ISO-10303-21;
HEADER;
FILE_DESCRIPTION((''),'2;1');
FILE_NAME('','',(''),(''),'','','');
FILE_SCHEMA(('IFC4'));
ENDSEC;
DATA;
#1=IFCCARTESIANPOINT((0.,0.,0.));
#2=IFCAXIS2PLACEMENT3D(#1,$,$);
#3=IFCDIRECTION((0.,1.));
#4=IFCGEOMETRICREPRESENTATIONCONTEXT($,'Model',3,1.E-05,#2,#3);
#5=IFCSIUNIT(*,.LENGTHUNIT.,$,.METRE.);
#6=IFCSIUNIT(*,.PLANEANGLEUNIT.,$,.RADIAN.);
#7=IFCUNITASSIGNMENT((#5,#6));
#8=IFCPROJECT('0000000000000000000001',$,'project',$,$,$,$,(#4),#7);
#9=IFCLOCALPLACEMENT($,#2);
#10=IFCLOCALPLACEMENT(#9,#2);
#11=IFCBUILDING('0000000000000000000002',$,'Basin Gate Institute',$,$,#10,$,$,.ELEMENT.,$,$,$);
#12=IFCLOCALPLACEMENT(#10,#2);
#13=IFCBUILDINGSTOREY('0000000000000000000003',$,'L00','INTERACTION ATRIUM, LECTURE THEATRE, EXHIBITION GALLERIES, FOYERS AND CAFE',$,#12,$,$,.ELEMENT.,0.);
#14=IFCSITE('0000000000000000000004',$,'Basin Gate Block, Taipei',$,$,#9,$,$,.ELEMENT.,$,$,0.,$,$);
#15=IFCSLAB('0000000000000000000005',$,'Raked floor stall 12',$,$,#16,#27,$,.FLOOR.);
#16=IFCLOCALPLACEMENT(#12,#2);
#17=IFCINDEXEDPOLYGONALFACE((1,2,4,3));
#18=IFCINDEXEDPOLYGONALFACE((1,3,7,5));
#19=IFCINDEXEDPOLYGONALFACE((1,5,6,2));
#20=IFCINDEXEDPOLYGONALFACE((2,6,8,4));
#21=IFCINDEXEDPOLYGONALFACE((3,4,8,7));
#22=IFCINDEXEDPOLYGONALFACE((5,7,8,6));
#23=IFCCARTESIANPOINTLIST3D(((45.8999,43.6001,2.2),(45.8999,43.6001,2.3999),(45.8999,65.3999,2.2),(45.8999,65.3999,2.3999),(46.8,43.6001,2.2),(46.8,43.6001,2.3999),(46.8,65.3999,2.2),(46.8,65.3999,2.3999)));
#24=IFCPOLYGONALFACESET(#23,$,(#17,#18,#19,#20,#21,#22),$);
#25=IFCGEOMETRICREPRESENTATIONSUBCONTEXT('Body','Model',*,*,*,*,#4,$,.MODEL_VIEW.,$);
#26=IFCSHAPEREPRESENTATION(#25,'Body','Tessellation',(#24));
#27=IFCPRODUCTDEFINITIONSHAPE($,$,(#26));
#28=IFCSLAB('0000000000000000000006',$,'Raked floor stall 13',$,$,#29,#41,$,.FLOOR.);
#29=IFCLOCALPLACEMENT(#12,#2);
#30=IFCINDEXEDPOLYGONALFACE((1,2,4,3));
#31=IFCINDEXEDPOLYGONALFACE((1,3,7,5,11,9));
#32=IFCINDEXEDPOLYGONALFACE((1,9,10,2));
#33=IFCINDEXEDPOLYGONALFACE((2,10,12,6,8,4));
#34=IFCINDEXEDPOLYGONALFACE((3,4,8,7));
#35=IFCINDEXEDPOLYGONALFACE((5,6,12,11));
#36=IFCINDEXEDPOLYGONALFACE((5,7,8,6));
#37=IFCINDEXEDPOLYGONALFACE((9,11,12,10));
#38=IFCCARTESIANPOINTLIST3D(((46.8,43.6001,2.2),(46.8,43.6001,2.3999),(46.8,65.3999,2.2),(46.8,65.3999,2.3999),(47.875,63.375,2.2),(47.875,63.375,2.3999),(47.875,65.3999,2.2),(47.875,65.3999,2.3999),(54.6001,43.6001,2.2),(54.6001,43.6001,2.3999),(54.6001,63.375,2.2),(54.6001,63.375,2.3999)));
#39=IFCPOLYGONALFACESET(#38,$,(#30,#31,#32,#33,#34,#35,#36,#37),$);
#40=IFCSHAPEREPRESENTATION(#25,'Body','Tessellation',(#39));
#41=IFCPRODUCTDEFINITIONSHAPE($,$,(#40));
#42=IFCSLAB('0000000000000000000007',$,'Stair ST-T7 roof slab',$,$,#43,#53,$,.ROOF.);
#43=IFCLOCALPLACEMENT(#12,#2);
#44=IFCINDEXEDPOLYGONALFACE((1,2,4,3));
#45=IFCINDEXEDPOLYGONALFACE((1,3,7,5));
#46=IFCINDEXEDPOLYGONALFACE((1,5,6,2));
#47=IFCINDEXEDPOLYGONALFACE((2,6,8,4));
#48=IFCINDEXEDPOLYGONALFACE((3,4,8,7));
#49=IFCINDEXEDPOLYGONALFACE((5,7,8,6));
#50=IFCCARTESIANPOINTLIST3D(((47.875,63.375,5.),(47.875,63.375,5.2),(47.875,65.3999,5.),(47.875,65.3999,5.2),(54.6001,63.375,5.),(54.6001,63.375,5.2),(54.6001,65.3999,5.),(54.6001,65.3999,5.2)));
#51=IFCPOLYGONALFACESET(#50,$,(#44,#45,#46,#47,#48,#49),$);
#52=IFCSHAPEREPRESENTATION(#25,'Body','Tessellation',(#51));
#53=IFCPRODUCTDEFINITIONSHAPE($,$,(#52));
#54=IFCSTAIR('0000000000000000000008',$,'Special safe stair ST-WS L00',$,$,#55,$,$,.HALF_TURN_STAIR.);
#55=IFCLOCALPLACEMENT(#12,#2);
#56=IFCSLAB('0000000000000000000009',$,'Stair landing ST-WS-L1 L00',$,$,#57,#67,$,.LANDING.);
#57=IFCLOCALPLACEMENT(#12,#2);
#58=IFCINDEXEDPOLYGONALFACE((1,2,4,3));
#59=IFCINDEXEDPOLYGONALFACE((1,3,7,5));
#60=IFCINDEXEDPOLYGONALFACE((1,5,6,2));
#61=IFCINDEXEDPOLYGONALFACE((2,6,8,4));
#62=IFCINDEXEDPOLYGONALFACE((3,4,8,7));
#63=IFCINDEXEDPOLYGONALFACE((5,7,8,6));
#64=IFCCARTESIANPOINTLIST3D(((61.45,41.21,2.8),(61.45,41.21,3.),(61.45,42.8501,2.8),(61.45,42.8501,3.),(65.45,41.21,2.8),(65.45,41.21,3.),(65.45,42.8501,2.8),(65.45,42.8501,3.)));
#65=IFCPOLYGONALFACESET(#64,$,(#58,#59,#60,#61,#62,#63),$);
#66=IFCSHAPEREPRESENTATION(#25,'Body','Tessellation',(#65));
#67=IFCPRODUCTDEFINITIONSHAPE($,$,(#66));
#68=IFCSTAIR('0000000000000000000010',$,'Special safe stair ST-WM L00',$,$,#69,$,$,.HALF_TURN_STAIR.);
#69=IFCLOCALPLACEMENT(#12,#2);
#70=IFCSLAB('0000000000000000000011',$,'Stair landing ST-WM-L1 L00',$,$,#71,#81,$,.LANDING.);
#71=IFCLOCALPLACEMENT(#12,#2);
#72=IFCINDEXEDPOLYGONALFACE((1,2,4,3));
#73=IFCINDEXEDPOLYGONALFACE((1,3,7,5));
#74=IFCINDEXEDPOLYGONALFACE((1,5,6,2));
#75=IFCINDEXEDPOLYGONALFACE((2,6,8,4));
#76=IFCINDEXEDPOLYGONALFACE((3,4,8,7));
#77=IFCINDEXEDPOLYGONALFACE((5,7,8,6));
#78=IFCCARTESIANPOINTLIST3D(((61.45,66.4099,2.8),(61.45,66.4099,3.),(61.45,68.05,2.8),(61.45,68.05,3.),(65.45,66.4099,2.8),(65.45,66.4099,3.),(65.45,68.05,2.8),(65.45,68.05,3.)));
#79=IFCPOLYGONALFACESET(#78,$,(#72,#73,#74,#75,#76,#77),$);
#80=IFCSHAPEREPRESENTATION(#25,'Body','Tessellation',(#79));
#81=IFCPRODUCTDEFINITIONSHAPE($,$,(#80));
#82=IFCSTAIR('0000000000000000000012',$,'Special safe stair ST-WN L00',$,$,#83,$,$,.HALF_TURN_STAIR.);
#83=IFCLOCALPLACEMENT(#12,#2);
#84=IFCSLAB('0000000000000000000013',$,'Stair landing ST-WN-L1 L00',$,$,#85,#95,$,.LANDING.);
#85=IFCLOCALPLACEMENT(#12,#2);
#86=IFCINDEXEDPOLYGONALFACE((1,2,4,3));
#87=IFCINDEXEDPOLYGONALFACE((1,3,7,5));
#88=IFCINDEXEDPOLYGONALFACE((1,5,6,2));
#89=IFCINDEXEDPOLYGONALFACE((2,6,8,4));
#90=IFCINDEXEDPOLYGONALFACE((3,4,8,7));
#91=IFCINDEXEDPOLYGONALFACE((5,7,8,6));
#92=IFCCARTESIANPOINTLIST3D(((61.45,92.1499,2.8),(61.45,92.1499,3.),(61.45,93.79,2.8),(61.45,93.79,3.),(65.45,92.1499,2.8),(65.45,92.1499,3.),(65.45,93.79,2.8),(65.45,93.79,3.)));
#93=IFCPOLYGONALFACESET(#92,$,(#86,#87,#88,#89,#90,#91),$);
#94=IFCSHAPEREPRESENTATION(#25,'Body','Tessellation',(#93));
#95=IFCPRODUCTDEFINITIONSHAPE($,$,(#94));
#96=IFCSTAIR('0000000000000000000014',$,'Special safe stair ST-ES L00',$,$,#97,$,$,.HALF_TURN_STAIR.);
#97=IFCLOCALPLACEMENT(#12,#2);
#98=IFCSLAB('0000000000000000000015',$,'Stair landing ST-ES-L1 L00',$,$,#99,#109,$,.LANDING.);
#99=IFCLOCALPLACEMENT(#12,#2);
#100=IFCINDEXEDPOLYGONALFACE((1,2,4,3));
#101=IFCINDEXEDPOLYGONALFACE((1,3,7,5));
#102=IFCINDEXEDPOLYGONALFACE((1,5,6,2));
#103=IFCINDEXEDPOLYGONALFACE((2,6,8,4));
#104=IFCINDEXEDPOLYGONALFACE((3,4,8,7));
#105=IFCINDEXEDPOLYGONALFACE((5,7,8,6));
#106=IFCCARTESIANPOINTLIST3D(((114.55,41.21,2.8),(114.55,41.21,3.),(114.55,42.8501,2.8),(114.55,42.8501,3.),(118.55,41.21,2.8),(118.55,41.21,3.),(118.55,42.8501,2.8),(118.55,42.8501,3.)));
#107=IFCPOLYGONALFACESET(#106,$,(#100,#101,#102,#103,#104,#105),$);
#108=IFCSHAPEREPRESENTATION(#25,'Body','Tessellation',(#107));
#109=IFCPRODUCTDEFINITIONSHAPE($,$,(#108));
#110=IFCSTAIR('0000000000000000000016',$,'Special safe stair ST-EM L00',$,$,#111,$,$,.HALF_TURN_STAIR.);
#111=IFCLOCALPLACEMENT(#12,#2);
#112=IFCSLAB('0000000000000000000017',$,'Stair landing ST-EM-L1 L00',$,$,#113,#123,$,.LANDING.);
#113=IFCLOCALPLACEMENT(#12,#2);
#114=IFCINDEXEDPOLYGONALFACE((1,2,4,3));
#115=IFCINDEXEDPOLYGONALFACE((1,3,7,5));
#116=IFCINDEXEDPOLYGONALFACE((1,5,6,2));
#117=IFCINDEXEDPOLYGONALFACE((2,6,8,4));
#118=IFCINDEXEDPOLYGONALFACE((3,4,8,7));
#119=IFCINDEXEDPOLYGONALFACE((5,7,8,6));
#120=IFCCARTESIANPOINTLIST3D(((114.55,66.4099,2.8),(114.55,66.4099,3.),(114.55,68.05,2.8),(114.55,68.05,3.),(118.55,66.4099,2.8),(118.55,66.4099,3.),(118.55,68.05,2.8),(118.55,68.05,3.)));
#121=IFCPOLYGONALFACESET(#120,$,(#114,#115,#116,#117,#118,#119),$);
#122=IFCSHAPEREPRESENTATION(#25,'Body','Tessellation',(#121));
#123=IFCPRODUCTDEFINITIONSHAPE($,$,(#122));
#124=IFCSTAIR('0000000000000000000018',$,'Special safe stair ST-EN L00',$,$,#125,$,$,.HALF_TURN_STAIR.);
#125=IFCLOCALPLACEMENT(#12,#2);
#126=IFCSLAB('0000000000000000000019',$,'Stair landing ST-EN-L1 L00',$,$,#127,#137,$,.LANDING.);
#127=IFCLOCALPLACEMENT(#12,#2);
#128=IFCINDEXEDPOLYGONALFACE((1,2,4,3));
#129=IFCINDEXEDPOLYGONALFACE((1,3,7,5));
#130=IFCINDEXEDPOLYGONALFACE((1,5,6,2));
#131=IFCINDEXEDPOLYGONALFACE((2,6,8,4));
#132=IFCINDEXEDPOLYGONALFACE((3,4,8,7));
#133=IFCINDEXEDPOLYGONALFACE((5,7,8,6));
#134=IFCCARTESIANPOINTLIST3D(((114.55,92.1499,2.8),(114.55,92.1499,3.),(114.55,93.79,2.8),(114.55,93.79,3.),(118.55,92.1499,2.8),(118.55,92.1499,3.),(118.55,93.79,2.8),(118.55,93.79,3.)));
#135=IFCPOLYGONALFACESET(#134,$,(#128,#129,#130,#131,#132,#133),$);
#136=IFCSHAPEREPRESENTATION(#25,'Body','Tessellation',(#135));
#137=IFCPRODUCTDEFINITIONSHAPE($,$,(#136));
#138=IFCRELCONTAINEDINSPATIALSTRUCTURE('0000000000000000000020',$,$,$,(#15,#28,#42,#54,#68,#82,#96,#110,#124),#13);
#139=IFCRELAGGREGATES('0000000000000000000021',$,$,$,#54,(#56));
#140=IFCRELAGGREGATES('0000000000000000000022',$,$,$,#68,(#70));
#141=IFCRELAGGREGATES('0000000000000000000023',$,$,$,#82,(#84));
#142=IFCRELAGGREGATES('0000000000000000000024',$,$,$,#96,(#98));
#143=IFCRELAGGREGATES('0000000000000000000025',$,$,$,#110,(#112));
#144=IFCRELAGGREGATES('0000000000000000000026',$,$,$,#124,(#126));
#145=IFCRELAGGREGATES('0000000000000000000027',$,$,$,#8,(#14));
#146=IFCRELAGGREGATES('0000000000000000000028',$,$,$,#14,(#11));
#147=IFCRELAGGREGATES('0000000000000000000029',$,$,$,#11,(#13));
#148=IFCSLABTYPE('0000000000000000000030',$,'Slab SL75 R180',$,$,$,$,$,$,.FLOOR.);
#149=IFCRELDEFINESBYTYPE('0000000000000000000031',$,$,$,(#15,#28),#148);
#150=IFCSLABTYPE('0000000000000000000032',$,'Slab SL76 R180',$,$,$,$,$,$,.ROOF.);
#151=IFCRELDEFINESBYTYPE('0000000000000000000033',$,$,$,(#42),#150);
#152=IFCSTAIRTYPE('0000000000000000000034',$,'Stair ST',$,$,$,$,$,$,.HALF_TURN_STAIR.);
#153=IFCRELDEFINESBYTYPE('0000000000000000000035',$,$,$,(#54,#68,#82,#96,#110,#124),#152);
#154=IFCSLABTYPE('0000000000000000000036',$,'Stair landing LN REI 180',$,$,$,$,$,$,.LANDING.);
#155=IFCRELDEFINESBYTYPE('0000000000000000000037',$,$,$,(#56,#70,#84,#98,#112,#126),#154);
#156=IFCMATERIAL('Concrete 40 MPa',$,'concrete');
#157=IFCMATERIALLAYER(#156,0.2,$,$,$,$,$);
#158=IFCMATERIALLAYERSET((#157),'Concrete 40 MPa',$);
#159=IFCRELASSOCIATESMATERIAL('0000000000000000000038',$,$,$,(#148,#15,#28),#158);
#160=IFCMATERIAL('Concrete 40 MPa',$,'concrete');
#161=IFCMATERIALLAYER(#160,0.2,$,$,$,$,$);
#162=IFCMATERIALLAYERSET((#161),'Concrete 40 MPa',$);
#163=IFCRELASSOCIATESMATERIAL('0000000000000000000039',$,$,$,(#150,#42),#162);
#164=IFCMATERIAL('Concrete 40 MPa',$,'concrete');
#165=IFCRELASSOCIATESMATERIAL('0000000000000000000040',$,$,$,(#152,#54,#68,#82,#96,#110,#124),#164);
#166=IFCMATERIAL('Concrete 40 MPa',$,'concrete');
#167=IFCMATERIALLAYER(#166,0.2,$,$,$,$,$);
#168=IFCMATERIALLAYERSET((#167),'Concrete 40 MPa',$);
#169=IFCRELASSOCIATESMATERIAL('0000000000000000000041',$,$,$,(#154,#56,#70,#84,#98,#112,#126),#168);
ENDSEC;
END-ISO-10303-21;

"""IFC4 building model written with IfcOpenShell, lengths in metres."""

from ifc_helpers import new_model, si_unit, direction, frame, origin, place, context, subcontext, project, spatial, polyline, outline, extrude, material, layer, layer_set, type_object, element, aggregate, save


model = new_model("IFC4")

# Units and contexts
model_context = context("Model", 3, precision=1e-05, world=origin(), true_north=direction((0.0, 1.0)))
body_context = subcontext(model_context, "Body", "Model", "MODEL_VIEW")
ifc_project = project(units=[si_unit("LENGTHUNIT", "METRE"), si_unit("PLANEANGLEUNIT", "RADIAN")], contexts=[model_context])

# Site, building, storey
site_placement = place(None, origin())
site = spatial("IfcSite", under=ifc_project, at=site_placement, Name="Basin Gate Block, Taipei", CompositionType="ELEMENT", RefElevation=0.0)
building_placement = place(site_placement, origin())
building = spatial("IfcBuilding", under=site, at=building_placement, Name="Basin Gate Institute", CompositionType="ELEMENT")
storey_placement = place(building_placement, origin())
storey = spatial("IfcBuildingStorey", under=building, at=storey_placement, Name="L00", Description="INTERACTION ATRIUM, LECTURE THEATRE, EXHIBITION GALLERIES, FOYERS AND CAFE", CompositionType="ELEMENT", Elevation=0.0)

# Slabs
ifc_material_1 = material(Name="Concrete 40 MPa", Category="concrete")
ifc_layer_1 = layer(ifc_material_1, 0.2)
ifc_layer_set_1 = layer_set([ifc_layer_1], Name="Concrete 40 MPa")
slab_type_1 = type_object("IfcSlabType", Name="Slab SL75 R180", PredefinedType="FLOOR", material=ifc_layer_set_1)
slab_1_placement = place(storey_placement, frame((0.0, 0.0, 2.2)))
element("IfcSlab", 1, at=slab_1_placement, inside=storey, type_object=slab_type_1, material=ifc_layer_set_1, Name="Raked floor stall 12", PredefinedType="FLOOR", context=body_context, shape_type="SweptSolid", body=[
    extrude(outline(polyline([(45.8999, 43.6001), (46.8, 43.6001), (46.8, 65.3999), (45.8999, 65.3999), (45.8999, 43.6001)])), origin(), (0.0, 0.0, 1.0), 0.2),
])
slab_2_placement = place(storey_placement, frame((0.0, 0.0, 2.2)))
element("IfcSlab", 2, at=slab_2_placement, inside=storey, type_object=slab_type_1, material=ifc_layer_set_1, Name="Raked floor stall 13", PredefinedType="FLOOR", context=body_context, shape_type="SweptSolid", body=[
    extrude(outline(polyline([(46.8, 43.6001), (54.6001, 43.6001), (54.6001, 63.375), (47.875, 63.375), (47.875, 65.3999), (46.8, 65.3999), (46.8, 43.6001)])), origin(), (0.0, 0.0, 1.0), 0.2),
])
ifc_material_2 = material(Name="Concrete 40 MPa", Category="concrete")
ifc_layer_2 = layer(ifc_material_2, 0.2)
ifc_layer_set_2 = layer_set([ifc_layer_2], Name="Concrete 40 MPa")
slab_type_2 = type_object("IfcSlabType", Name="Slab SL76 R180", PredefinedType="ROOF", material=ifc_layer_set_2)
slab_3_placement = place(storey_placement, frame((0.0, 0.0, 5.0)))
element("IfcSlab", 3, at=slab_3_placement, inside=storey, type_object=slab_type_2, material=ifc_layer_set_2, Name="Stair ST-T7 roof slab", PredefinedType="ROOF", context=body_context, shape_type="SweptSolid", body=[
    extrude(outline(polyline([(47.875, 63.375), (54.6001, 63.375), (54.6001, 65.3999), (47.875, 65.3999), (47.875, 63.375)])), origin(), (0.0, 0.0, 1.0), 0.2),
])

# Stairs, slabs
ifc_material_3 = material(Name="Concrete 40 MPa", Category="concrete")
stair_type_1 = type_object("IfcStairType", Name="Stair ST", PredefinedType="HALF_TURN_STAIR", material=ifc_material_3)
stair_1_placement = place(storey_placement, origin())
stair_1 = element("IfcStair", 4, at=stair_1_placement, inside=storey, type_object=stair_type_1, material=ifc_material_3, Name="Special safe stair ST-WS L00", PredefinedType="HALF_TURN_STAIR")
ifc_material_4 = material(Name="Concrete 40 MPa", Category="concrete")
ifc_layer_3 = layer(ifc_material_4, 0.2)
ifc_layer_set_3 = layer_set([ifc_layer_3], Name="Concrete 40 MPa")
slab_type_3 = type_object("IfcSlabType", Name="Stair landing LN REI 180", PredefinedType="LANDING", material=ifc_layer_set_3)
slab_4_placement = place(storey_placement, frame((0.0, 0.0, 2.8)))
slab_4 = element("IfcSlab", 5, at=slab_4_placement, type_object=slab_type_3, material=ifc_layer_set_3, Name="Stair landing ST-WS-L1 L00", PredefinedType="LANDING", context=body_context, shape_type="SweptSolid", body=[
    extrude(outline(polyline([(61.45, 41.21), (65.45, 41.21), (65.45, 42.8501), (61.45, 42.8501), (61.45, 41.21)])), origin(), (0.0, 0.0, 1.0), 0.2),
])
aggregate(stair_1, [slab_4])
stair_2_placement = place(storey_placement, origin())
stair_2 = element("IfcStair", 6, at=stair_2_placement, inside=storey, type_object=stair_type_1, material=ifc_material_3, Name="Special safe stair ST-WM L00", PredefinedType="HALF_TURN_STAIR")
slab_5_placement = place(storey_placement, frame((0.0, 0.0, 2.8)))
slab_5 = element("IfcSlab", 7, at=slab_5_placement, type_object=slab_type_3, material=ifc_layer_set_3, Name="Stair landing ST-WM-L1 L00", PredefinedType="LANDING", context=body_context, shape_type="SweptSolid", body=[
    extrude(outline(polyline([(61.45, 66.4099), (65.45, 66.4099), (65.45, 68.05), (61.45, 68.05), (61.45, 66.4099)])), origin(), (0.0, 0.0, 1.0), 0.2),
])
aggregate(stair_2, [slab_5])
stair_3_placement = place(storey_placement, origin())
stair_3 = element("IfcStair", 8, at=stair_3_placement, inside=storey, type_object=stair_type_1, material=ifc_material_3, Name="Special safe stair ST-WN L00", PredefinedType="HALF_TURN_STAIR")
slab_6_placement = place(storey_placement, frame((0.0, 0.0, 2.8)))
slab_6 = element("IfcSlab", 9, at=slab_6_placement, type_object=slab_type_3, material=ifc_layer_set_3, Name="Stair landing ST-WN-L1 L00", PredefinedType="LANDING", context=body_context, shape_type="SweptSolid", body=[
    extrude(outline(polyline([(61.45, 92.1499), (65.45, 92.1499), (65.45, 93.79), (61.45, 93.79), (61.45, 92.1499)])), origin(), (0.0, 0.0, 1.0), 0.2),
])
aggregate(stair_3, [slab_6])
stair_4_placement = place(storey_placement, origin())
stair_4 = element("IfcStair", 10, at=stair_4_placement, inside=storey, type_object=stair_type_1, material=ifc_material_3, Name="Special safe stair ST-ES L00", PredefinedType="HALF_TURN_STAIR")
slab_7_placement = place(storey_placement, frame((0.0, 0.0, 2.8)))
slab_7 = element("IfcSlab", 11, at=slab_7_placement, type_object=slab_type_3, material=ifc_layer_set_3, Name="Stair landing ST-ES-L1 L00", PredefinedType="LANDING", context=body_context, shape_type="SweptSolid", body=[
    extrude(outline(polyline([(118.55, 42.8501), (114.55, 42.8501), (114.55, 41.21), (118.55, 41.21), (118.55, 42.8501)])), origin(), (0.0, 0.0, 1.0), 0.2),
])
aggregate(stair_4, [slab_7])
stair_5_placement = place(storey_placement, origin())
stair_5 = element("IfcStair", 12, at=stair_5_placement, inside=storey, type_object=stair_type_1, material=ifc_material_3, Name="Special safe stair ST-EM L00", PredefinedType="HALF_TURN_STAIR")
slab_8_placement = place(storey_placement, frame((0.0, 0.0, 2.8)))
slab_8 = element("IfcSlab", 13, at=slab_8_placement, type_object=slab_type_3, material=ifc_layer_set_3, Name="Stair landing ST-EM-L1 L00", PredefinedType="LANDING", context=body_context, shape_type="SweptSolid", body=[
    extrude(outline(polyline([(118.55, 68.05), (114.55, 68.05), (114.55, 66.4099), (118.55, 66.4099), (118.55, 68.05)])), origin(), (0.0, 0.0, 1.0), 0.2),
])
aggregate(stair_5, [slab_8])
stair_6_placement = place(storey_placement, origin())
stair_6 = element("IfcStair", 14, at=stair_6_placement, inside=storey, type_object=stair_type_1, material=ifc_material_3, Name="Special safe stair ST-EN L00", PredefinedType="HALF_TURN_STAIR")
slab_9_placement = place(storey_placement, frame((0.0, 0.0, 2.8)))
slab_9 = element("IfcSlab", 15, at=slab_9_placement, type_object=slab_type_3, material=ifc_layer_set_3, Name="Stair landing ST-EN-L1 L00", PredefinedType="LANDING", context=body_context, shape_type="SweptSolid", body=[
    extrude(outline(polyline([(118.55, 93.79), (114.55, 93.79), (114.55, 92.1499), (118.55, 92.1499), (118.55, 93.79)])), origin(), (0.0, 0.0, 1.0), 0.2),
])
aggregate(stair_6, [slab_9])

save(model, "model.ifc")
